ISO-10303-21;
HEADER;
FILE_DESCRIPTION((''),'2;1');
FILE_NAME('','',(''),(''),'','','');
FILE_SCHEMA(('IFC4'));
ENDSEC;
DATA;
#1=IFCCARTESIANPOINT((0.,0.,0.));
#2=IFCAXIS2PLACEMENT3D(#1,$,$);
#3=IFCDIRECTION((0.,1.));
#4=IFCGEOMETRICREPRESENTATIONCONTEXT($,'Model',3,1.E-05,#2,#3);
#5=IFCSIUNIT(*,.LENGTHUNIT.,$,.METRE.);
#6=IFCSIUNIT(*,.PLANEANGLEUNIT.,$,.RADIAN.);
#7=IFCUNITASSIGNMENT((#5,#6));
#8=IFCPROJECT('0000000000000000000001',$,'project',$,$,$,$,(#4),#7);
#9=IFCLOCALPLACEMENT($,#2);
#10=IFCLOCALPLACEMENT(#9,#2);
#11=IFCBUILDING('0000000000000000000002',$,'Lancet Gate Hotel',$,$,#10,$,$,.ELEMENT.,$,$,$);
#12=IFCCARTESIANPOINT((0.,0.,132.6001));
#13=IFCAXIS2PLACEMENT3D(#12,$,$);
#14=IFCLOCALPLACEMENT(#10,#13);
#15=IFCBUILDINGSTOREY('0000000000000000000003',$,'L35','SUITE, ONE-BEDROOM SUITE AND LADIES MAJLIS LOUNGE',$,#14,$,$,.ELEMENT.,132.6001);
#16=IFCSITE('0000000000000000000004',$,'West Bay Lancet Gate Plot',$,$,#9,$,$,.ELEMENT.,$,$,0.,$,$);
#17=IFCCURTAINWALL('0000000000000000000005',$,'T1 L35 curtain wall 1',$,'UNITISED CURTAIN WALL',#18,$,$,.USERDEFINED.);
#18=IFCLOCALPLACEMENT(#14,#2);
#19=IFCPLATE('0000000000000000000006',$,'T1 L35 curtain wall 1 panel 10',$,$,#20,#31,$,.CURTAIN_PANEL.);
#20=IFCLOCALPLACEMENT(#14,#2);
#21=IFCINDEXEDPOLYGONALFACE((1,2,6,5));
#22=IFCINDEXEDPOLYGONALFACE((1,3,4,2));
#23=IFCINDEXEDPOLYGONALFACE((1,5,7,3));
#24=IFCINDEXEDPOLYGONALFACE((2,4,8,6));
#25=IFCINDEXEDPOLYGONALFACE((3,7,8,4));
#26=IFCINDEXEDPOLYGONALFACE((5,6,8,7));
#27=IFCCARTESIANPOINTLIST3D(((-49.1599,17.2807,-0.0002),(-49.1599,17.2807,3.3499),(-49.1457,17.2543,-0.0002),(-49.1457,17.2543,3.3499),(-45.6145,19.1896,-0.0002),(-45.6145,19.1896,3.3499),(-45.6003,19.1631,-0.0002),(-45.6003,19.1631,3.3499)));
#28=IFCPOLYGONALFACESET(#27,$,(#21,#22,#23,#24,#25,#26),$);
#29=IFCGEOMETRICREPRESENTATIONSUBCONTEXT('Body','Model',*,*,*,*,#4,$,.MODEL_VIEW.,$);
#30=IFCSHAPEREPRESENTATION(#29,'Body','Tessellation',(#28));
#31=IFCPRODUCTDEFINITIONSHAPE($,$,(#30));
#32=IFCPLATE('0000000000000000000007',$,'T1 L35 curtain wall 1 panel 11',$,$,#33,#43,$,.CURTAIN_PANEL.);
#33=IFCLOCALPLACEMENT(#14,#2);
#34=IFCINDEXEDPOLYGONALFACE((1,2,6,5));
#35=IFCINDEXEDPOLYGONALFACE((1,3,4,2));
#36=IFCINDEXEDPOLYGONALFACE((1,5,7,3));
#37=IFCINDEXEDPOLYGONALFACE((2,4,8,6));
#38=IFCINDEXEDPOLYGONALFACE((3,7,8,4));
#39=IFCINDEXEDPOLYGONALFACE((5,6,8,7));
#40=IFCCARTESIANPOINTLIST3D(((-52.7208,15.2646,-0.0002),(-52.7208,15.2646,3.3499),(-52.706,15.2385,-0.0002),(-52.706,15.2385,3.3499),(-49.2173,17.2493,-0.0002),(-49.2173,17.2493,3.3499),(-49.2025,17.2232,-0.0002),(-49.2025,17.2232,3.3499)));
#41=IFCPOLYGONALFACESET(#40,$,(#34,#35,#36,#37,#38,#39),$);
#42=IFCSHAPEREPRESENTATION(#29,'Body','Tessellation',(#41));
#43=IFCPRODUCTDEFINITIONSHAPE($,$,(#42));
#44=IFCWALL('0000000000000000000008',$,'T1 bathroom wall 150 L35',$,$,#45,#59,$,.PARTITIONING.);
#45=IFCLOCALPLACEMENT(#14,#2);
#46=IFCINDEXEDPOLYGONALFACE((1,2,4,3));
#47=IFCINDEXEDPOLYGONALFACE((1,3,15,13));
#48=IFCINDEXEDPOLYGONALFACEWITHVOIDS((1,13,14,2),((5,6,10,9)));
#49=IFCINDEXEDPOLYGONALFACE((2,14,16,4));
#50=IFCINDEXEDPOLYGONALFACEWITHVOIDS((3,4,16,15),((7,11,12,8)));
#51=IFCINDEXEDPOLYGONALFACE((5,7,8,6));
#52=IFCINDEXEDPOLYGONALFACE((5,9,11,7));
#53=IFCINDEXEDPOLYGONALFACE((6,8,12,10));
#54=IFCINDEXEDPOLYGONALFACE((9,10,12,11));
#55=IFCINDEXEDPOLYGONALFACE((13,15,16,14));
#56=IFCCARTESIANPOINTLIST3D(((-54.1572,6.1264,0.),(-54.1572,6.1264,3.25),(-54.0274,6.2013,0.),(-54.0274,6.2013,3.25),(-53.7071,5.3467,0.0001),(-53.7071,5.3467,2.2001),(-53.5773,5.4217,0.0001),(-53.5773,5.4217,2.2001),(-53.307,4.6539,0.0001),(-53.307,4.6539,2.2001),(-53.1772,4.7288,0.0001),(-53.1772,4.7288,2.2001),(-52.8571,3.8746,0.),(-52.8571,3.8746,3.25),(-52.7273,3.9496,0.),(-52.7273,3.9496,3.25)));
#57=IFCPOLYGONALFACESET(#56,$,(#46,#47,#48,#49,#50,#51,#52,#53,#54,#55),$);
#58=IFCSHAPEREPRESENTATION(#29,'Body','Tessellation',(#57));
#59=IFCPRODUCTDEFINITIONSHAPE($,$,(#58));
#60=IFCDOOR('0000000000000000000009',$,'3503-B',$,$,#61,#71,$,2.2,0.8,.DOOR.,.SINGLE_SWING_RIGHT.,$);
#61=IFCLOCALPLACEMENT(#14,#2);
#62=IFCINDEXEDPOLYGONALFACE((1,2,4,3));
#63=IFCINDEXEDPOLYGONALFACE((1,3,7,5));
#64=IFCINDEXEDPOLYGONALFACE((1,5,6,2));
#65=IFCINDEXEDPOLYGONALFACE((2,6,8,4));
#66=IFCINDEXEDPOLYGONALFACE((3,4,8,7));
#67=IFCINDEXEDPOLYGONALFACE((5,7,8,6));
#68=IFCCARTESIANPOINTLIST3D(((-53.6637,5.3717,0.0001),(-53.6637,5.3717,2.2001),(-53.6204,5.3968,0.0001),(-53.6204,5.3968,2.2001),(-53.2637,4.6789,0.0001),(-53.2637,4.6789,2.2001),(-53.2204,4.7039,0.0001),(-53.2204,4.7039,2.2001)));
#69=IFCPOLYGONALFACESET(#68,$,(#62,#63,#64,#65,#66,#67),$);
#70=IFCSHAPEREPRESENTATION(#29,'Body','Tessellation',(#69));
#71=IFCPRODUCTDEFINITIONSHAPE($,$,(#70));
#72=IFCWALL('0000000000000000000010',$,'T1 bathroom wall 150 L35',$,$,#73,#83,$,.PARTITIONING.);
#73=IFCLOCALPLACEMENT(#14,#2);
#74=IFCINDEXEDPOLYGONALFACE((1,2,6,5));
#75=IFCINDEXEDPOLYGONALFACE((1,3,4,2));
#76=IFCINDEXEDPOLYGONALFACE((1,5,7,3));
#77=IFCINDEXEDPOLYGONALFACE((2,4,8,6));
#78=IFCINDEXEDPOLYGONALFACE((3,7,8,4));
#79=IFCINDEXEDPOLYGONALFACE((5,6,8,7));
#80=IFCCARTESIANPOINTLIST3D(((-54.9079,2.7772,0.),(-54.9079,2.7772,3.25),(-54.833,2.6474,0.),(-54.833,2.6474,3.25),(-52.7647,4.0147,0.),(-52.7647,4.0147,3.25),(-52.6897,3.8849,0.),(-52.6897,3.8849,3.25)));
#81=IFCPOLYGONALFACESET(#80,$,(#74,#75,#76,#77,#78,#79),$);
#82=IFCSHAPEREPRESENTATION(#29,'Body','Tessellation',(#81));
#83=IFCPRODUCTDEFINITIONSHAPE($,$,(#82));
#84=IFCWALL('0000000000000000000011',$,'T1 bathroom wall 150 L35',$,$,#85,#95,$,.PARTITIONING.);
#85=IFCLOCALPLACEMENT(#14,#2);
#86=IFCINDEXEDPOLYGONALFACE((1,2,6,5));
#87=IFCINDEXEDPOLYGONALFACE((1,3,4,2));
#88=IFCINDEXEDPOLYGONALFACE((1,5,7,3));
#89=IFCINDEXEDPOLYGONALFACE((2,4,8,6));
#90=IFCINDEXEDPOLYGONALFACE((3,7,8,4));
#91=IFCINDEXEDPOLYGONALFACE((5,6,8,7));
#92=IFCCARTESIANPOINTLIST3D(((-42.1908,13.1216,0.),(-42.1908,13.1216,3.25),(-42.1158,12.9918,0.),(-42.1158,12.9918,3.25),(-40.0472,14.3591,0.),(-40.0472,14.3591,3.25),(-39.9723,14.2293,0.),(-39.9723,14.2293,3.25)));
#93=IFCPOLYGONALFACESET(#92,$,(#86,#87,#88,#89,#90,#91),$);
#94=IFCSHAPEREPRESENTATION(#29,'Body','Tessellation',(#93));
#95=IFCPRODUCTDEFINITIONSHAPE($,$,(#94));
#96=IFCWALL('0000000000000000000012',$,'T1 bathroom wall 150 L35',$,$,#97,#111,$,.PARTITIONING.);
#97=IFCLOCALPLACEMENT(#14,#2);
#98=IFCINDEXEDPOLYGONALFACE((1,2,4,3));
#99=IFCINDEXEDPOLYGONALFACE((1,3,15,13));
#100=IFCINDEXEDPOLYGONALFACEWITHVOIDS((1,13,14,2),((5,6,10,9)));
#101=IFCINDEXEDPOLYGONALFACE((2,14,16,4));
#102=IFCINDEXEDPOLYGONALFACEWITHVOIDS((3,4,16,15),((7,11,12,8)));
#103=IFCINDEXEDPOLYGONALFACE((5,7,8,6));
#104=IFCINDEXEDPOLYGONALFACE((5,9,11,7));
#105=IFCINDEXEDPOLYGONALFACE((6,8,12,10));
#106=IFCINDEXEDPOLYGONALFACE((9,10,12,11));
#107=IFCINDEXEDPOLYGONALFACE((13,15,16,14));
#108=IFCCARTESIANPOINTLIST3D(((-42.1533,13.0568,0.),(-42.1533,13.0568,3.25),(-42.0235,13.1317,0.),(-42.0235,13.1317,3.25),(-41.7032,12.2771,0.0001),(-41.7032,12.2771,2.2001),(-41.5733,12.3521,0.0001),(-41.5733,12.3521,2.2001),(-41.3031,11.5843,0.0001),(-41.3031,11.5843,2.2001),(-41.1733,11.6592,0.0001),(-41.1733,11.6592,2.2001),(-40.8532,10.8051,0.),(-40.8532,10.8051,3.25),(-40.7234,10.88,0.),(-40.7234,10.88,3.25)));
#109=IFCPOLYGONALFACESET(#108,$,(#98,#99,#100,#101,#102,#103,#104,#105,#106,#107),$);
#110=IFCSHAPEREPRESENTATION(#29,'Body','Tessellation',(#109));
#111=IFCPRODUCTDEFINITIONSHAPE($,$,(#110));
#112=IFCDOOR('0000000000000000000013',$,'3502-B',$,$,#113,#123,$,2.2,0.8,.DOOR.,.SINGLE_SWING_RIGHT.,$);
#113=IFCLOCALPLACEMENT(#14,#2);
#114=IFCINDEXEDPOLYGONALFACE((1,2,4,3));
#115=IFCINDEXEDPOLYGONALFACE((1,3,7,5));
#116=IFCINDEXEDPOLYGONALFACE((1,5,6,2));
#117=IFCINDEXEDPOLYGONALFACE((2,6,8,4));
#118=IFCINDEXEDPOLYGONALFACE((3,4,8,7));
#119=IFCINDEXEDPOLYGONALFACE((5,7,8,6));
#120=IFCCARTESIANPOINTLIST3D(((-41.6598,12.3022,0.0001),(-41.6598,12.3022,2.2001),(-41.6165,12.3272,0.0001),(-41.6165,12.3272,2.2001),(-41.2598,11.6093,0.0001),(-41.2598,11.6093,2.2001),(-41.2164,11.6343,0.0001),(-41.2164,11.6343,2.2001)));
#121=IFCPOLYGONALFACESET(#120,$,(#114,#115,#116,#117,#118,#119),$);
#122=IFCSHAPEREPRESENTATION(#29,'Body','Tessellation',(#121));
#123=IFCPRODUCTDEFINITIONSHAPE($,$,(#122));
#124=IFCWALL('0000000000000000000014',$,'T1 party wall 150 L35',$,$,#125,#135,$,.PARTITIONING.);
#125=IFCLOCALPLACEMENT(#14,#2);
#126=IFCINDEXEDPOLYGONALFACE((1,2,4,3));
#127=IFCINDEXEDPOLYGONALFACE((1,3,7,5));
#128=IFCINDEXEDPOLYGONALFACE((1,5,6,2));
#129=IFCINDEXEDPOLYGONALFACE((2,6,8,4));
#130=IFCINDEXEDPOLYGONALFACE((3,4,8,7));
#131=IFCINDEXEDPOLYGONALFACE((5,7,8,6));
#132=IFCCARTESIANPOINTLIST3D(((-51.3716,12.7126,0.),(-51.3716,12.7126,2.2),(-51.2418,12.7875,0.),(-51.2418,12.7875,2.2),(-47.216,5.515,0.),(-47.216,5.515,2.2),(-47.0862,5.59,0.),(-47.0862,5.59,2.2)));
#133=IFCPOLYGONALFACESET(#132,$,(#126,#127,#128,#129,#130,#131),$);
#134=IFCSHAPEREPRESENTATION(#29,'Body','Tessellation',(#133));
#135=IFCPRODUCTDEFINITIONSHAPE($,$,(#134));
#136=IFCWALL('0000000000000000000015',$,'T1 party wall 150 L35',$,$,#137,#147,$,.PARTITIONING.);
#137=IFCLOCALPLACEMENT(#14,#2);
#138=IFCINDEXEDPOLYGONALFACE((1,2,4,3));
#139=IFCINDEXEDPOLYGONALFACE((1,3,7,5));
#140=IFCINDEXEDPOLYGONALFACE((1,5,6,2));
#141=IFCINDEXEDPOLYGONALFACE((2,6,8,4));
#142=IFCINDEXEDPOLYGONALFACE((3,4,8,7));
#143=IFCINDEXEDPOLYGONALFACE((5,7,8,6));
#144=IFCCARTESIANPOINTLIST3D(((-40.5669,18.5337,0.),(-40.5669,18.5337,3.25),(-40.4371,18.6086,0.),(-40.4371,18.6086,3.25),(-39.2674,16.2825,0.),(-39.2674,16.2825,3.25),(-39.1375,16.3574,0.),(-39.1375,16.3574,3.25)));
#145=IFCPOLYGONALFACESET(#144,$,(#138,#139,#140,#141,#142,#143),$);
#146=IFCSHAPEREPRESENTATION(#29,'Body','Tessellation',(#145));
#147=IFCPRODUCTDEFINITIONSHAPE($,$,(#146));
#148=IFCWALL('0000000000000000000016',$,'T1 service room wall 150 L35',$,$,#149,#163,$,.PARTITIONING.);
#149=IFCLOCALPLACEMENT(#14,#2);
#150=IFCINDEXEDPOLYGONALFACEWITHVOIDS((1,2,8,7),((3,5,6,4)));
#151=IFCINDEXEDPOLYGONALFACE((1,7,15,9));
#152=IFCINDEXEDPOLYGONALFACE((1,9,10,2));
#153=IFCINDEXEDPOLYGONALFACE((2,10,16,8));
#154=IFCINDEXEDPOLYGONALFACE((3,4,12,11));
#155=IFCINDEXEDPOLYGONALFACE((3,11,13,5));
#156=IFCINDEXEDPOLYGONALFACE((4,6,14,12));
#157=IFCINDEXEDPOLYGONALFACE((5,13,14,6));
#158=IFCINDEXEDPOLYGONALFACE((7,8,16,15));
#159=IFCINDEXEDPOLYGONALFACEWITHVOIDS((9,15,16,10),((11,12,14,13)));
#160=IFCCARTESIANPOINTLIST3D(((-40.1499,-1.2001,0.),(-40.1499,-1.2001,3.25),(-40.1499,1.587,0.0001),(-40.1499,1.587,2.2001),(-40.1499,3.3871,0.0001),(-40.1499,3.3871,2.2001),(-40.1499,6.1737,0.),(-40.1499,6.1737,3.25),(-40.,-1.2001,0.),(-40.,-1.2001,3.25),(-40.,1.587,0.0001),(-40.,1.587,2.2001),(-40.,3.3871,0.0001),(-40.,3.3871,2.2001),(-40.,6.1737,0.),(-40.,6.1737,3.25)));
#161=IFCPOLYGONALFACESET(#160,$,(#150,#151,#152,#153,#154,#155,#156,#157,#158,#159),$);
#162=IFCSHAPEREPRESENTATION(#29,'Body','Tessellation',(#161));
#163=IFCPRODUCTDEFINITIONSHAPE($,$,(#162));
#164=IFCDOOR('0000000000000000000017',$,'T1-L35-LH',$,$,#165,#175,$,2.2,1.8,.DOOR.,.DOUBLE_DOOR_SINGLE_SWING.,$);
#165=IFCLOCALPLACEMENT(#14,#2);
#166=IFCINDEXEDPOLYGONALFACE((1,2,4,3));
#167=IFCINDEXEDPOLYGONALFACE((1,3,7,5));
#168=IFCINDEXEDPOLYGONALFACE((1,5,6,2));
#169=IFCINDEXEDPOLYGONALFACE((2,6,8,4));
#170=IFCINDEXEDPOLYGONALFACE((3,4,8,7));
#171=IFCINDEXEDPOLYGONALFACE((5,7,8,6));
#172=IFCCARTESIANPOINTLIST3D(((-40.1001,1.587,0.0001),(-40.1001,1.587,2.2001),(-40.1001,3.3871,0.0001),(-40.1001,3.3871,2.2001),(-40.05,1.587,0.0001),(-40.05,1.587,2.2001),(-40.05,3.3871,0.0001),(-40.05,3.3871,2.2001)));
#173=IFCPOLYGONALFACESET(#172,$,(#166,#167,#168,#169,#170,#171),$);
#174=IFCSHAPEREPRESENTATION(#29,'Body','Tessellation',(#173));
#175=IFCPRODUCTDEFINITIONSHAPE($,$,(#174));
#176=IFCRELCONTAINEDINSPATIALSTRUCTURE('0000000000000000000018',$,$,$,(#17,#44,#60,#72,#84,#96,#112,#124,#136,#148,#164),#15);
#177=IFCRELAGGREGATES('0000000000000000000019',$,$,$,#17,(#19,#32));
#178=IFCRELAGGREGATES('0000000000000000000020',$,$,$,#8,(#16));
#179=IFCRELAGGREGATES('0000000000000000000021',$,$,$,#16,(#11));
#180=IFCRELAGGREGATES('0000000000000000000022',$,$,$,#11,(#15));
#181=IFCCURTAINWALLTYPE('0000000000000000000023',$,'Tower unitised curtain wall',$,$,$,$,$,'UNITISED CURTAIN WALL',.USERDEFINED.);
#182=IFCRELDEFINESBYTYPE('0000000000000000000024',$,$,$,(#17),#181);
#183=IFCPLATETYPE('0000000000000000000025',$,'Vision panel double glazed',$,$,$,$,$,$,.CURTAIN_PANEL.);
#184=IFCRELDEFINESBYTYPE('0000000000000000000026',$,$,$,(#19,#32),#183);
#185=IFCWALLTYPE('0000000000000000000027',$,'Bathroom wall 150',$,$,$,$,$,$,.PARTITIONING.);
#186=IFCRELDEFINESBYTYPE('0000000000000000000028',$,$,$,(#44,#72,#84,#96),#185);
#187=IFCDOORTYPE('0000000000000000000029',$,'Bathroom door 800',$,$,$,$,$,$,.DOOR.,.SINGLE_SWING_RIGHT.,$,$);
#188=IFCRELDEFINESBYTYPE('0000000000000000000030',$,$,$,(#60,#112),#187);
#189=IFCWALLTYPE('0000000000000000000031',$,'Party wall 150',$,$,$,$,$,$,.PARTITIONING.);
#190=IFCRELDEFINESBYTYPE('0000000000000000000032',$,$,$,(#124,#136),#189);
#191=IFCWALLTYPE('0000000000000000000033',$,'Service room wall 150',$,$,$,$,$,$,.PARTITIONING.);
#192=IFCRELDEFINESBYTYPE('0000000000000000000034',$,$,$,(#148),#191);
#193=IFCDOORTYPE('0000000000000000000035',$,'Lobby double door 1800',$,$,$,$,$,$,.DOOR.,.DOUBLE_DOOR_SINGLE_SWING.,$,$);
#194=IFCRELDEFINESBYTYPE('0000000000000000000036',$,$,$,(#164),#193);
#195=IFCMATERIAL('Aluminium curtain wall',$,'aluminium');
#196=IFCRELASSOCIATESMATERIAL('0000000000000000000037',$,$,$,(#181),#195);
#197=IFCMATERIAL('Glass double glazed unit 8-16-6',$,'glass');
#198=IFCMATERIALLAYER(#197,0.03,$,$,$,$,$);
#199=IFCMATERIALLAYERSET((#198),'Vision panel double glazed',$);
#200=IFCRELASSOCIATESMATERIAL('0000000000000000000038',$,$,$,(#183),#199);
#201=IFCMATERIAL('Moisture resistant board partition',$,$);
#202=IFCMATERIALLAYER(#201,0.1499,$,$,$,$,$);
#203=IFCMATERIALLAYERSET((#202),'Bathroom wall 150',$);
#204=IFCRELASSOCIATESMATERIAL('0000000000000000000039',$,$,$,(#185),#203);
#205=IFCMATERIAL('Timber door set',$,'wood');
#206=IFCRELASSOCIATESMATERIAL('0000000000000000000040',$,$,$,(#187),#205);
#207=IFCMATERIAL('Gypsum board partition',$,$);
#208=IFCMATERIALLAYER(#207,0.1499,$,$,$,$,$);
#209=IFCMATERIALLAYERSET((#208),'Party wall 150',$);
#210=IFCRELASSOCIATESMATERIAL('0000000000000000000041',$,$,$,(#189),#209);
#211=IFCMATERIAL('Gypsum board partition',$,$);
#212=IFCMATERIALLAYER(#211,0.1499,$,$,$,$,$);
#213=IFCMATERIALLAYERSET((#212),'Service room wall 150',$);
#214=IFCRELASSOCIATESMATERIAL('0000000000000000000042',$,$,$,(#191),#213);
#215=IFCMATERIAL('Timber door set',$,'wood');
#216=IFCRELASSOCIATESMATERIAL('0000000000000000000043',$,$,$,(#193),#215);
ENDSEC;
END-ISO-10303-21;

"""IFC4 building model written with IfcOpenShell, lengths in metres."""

from ifc_helpers import new_model, si_unit, direction, frame, frame_2d, origin, origin_2d, place, context, subcontext, project, spatial, rectangle, extrude, material, layer, layer_set, type_object, element, fill, aggregate, save


model = new_model("IFC4")

# Units and contexts
model_context = context("Model", 3, precision=1e-05, world=origin(), true_north=direction((0.0, 1.0)))
body_context = subcontext(model_context, "Body", "Model", "MODEL_VIEW")
ifc_project = project(units=[si_unit("LENGTHUNIT", "METRE"), si_unit("PLANEANGLEUNIT", "RADIAN")], contexts=[model_context])

# Site, building, storey
site_placement = place(None, origin())
site = spatial("IfcSite", under=ifc_project, at=site_placement, Name="West Bay Lancet Gate Plot", CompositionType="ELEMENT", RefElevation=0.0)
building_placement = place(site_placement, origin())
building = spatial("IfcBuilding", under=site, at=building_placement, Name="Lancet Gate Hotel", CompositionType="ELEMENT")
storey_placement = place(building_placement, frame((0.0, 0.0, 132.6001)))
storey = spatial("IfcBuildingStorey", under=building, at=storey_placement, Name="L35", Description="SUITE, ONE-BEDROOM SUITE AND LADIES MAJLIS LOUNGE", CompositionType="ELEMENT", Elevation=132.6001)

# Curtain wall
ifc_material_1 = material(Name="Aluminium curtain wall", Category="aluminium")
curtain_wall_type = type_object("IfcCurtainWallType", Name="Tower unitised curtain wall", ElementType="UNITISED CURTAIN WALL", PredefinedType="USERDEFINED", material=ifc_material_1)
curtain_wall_placement = place(storey_placement, origin())
curtain_wall = element("IfcCurtainWall", 1, at=curtain_wall_placement, inside=storey, type_object=curtain_wall_type, Name="T1 L35 curtain wall 1", ObjectType="UNITISED CURTAIN WALL", PredefinedType="USERDEFINED")

# Plates
ifc_material_2 = material(Name="Glass double glazed unit 8-16-6", Category="glass")
ifc_layer_1 = layer(ifc_material_2, 0.03)
ifc_layer_set_1 = layer_set([ifc_layer_1], Name="Vision panel double glazed")
plate_type = type_object("IfcPlateType", Name="Vision panel double glazed", PredefinedType="CURTAIN_PANEL", material=ifc_layer_set_1)
plate_1_placement = place(storey_placement, frame((-47.3801, 18.2219, -0.0002), z_axis=(0.0, 0.0, 1.0), x_axis=(-0.880493, -0.47406, 0.0)))
plate_1 = element("IfcPlate", 2, at=plate_1_placement, type_object=plate_type, Name="T1 L35 curtain wall 1 panel 10", PredefinedType="CURTAIN_PANEL", context=body_context, shape_type="SweptSolid", body=[
    extrude(rectangle(XDim=4.0266, YDim=0.03, at=origin_2d()), origin(), (0.0, 0.0, 1.0), 3.3501),
])
plate_2_placement = place(storey_placement, frame((-50.9617, 16.2439, -0.0002), z_axis=(0.0, 0.0, 1.0), x_axis=(-0.870084, -0.492904, 0.0)))
plate_2 = element("IfcPlate", 3, at=plate_2_placement, type_object=plate_type, Name="T1 L35 curtain wall 1 panel 11", PredefinedType="CURTAIN_PANEL", context=body_context, shape_type="SweptSolid", body=[
    extrude(rectangle(XDim=4.0266, YDim=0.03, at=origin_2d()), origin(), (0.0, 0.0, 1.0), 3.3501),
])
aggregate(curtain_wall, [plate_1, plate_2])

# Wall, opening, door
ifc_material_3 = material(Name="Moisture resistant board partition")
ifc_layer_2 = layer(ifc_material_3, 0.1499)
ifc_layer_set_2 = layer_set([ifc_layer_2], Name="Bathroom wall 150")
wall_type_1 = type_object("IfcWallType", Name="Bathroom wall 150", PredefinedType="PARTITIONING", material=ifc_layer_set_2)
wall_1_placement = place(storey_placement, frame((-52.7922, 3.9121, 0.0), z_axis=(0.0, 0.0, 1.0), x_axis=(-0.500007, 0.866021, 0.0)))
wall_1 = element("IfcWall", 4, at=wall_1_placement, inside=storey, type_object=wall_type_1, Name="T1 bathroom wall 150 L35", PredefinedType="PARTITIONING", context=body_context, shape_type="SweptSolid", body=[
    extrude(rectangle(XDim=2.6001, YDim=0.1499, at=frame_2d((1.3, 0.0))), origin(), (0.0, 0.0, 1.0), 3.25),
])
opening_1_placement = place(wall_1_placement, frame((0.8999, 0.0, 0.0)))
opening_1 = element("IfcOpeningElement", 5, at=opening_1_placement, cuts=wall_1, PredefinedType="OPENING", context=body_context, shape_type="SweptSolid", body=[
    extrude(rectangle(XDim=0.8, YDim=2.2, at=frame_2d((0.3999, 1.1001))), frame((0.0, 0.085, 0.0), z_axis=(0.0, -1.0, 0.0), x_axis=(1.0, 0.0, 0.0)), (0.0, 0.0, 1.0), 0.1699),
])
ifc_material_4 = material(Name="Timber door set", Category="wood")
door_type_1 = type_object("IfcDoorType", Name="Bathroom door 800", OperationType="SINGLE_SWING_RIGHT", PredefinedType="DOOR", material=ifc_material_4)
door_1_placement = place(opening_1_placement, origin())
door_1 = element("IfcDoor", 6, at=door_1_placement, inside=storey, type_object=door_type_1, Name="3503-B", OperationType="SINGLE_SWING_RIGHT", OverallHeight=2.2, OverallWidth=0.8, PredefinedType="DOOR", context=body_context, shape_type="SweptSolid", body=[
    extrude(rectangle(XDim=0.8, YDim=2.2, at=frame_2d((0.3999, 1.1001))), frame((0.0, 0.0249, 0.0), z_axis=(0.0, -1.0, 0.0), x_axis=(1.0, 0.0, 0.0)), (0.0, 0.0, 1.0), 0.05),
])
fill(opening_1, door_1)

# Walls
wall_2_placement = place(storey_placement, frame((-52.7273, 3.9497, 0.0), z_axis=(0.0, 0.0, 1.0), x_axis=(-0.866007, -0.500033, 0.0)))
element("IfcWall", 7, at=wall_2_placement, inside=storey, type_object=wall_type_1, Name="T1 bathroom wall 150 L35", PredefinedType="PARTITIONING", context=body_context, shape_type="SweptSolid", body=[
    extrude(rectangle(XDim=2.4749, YDim=0.1499, at=frame_2d((1.2373, 0.0))), origin(), (0.0, 0.0, 1.0), 3.25),
])
wall_3_placement = place(storey_placement, frame((-40.0098, 14.2942, 0.0), z_axis=(0.0, 0.0, 1.0), x_axis=(-0.866031, -0.49999, 0.0)))
element("IfcWall", 8, at=wall_3_placement, inside=storey, type_object=wall_type_1, Name="T1 bathroom wall 150 L35", PredefinedType="PARTITIONING", context=body_context, shape_type="SweptSolid", body=[
    extrude(rectangle(XDim=2.4751, YDim=0.1499, at=frame_2d((1.2375, 0.0))), origin(), (0.0, 0.0, 1.0), 3.25),
])

# Wall, opening, door
wall_4_placement = place(storey_placement, frame((-40.7883, 10.8425, 0.0), z_axis=(0.0, 0.0, 1.0), x_axis=(-0.500007, 0.866021, 0.0)))
wall_4 = element("IfcWall", 9, at=wall_4_placement, inside=storey, type_object=wall_type_1, Name="T1 bathroom wall 150 L35", PredefinedType="PARTITIONING", context=body_context, shape_type="SweptSolid", body=[
    extrude(rectangle(XDim=2.6001, YDim=0.1499, at=frame_2d((1.3, 0.0))), origin(), (0.0, 0.0, 1.0), 3.25),
])
opening_2_placement = place(wall_4_placement, frame((0.8999, 0.0, 0.0)))
opening_2 = element("IfcOpeningElement", 10, at=opening_2_placement, cuts=wall_4, PredefinedType="OPENING", context=body_context, shape_type="SweptSolid", body=[
    extrude(rectangle(XDim=0.8, YDim=2.2, at=frame_2d((0.3999, 1.1001))), frame((0.0, 0.085, 0.0), z_axis=(0.0, -1.0, 0.0), x_axis=(1.0, 0.0, 0.0)), (0.0, 0.0, 1.0), 0.1699),
])
door_2_placement = place(opening_2_placement, origin())
door_2 = element("IfcDoor", 11, at=door_2_placement, inside=storey, type_object=door_type_1, Name="3502-B", OperationType="SINGLE_SWING_RIGHT", OverallHeight=2.2, OverallWidth=0.8, PredefinedType="DOOR", context=body_context, shape_type="SweptSolid", body=[
    extrude(rectangle(XDim=0.8, YDim=2.2, at=frame_2d((0.3999, 1.1001))), frame((0.0, 0.0249, 0.0), z_axis=(0.0, -1.0, 0.0), x_axis=(1.0, 0.0, 0.0)), (0.0, 0.0, 1.0), 0.05),
])
fill(opening_2, door_2)

# Walls
ifc_material_5 = material(Name="Gypsum board partition")
ifc_layer_3 = layer(ifc_material_5, 0.1499)
ifc_layer_set_3 = layer_set([ifc_layer_3], Name="Party wall 150")
wall_type_2 = type_object("IfcWallType", Name="Party wall 150", PredefinedType="PARTITIONING", material=ifc_layer_set_3)
wall_5_placement = place(storey_placement, frame((-47.1511, 5.5525, 0.0), z_axis=(0.0, 0.0, 1.0), x_axis=(-0.500003, 0.866024, 0.0)))
element("IfcWall", 12, at=wall_5_placement, inside=storey, type_object=wall_type_2, Name="T1 party wall 150 L35", PredefinedType="PARTITIONING", context=body_context, shape_type="SweptSolid", body=[
    extrude(rectangle(XDim=8.311, YDim=0.1499, at=frame_2d((4.1555, 0.0))), origin(), (0.0, 0.0, 1.0), 2.2),
])
wall_6_placement = place(storey_placement, frame((-39.2024, 16.3198, 0.0), z_axis=(0.0, 0.0, 1.0), x_axis=(-0.499947, 0.866056, 0.0)))
element("IfcWall", 13, at=wall_6_placement, inside=storey, type_object=wall_type_2, Name="T1 party wall 150 L35", PredefinedType="PARTITIONING", context=body_context, shape_type="SweptSolid", body=[
    extrude(rectangle(XDim=2.5994, YDim=0.1499, at=frame_2d((1.2998, 0.0))), origin(), (0.0, 0.0, 1.0), 3.25),
])

# Wall, opening, door
ifc_material_6 = material(Name="Gypsum board partition")
ifc_layer_4 = layer(ifc_material_6, 0.1499)
ifc_layer_set_4 = layer_set([ifc_layer_4], Name="Service room wall 150")
wall_type_3 = type_object("IfcWallType", Name="Service room wall 150", PredefinedType="PARTITIONING", material=ifc_layer_set_4)
wall_7_placement = place(storey_placement, frame((-40.075, 6.1738, 0.0), z_axis=(0.0, 0.0, 1.0), x_axis=(0.0, -1.0, 0.0)))
wall_7 = element("IfcWall", 14, at=wall_7_placement, inside=storey, type_object=wall_type_3, Name="T1 service room wall 150 L35", PredefinedType="PARTITIONING", context=body_context, shape_type="SweptSolid", body=[
    extrude(rectangle(XDim=7.3738, YDim=0.1499, at=frame_2d((3.687, 0.0))), origin(), (0.0, 0.0, 1.0), 3.25),
])
opening_3_placement = place(wall_7_placement, frame((2.7869, 0.0, 0.0)))
opening_3 = element("IfcOpeningElement", 15, at=opening_3_placement, cuts=wall_7, PredefinedType="OPENING", context=body_context, shape_type="SweptSolid", body=[
    extrude(rectangle(XDim=1.8, YDim=2.2, at=frame_2d((0.8999, 1.1001))), frame((0.0, 0.085, 0.0), z_axis=(0.0, -1.0, 0.0), x_axis=(1.0, 0.0, 0.0)), (0.0, 0.0, 1.0), 0.1699),
])
ifc_material_7 = material(Name="Timber door set", Category="wood")
door_type_2 = type_object("IfcDoorType", Name="Lobby double door 1800", OperationType="DOUBLE_DOOR_SINGLE_SWING", PredefinedType="DOOR", material=ifc_material_7)
door_3_placement = place(opening_3_placement, origin())
door_3 = element("IfcDoor", 16, at=door_3_placement, inside=storey, type_object=door_type_2, Name="T1-L35-LH", OperationType="DOUBLE_DOOR_SINGLE_SWING", OverallHeight=2.2, OverallWidth=1.8, PredefinedType="DOOR", context=body_context, shape_type="SweptSolid", body=[
    extrude(rectangle(XDim=1.8, YDim=2.2, at=frame_2d((0.8999, 1.1001))), frame((0.0, 0.0249, 0.0), z_axis=(0.0, -1.0, 0.0), x_axis=(1.0, 0.0, 0.0)), (0.0, 0.0, 1.0), 0.05),
])
fill(opening_3, door_3)

save(model, "model.ifc")
